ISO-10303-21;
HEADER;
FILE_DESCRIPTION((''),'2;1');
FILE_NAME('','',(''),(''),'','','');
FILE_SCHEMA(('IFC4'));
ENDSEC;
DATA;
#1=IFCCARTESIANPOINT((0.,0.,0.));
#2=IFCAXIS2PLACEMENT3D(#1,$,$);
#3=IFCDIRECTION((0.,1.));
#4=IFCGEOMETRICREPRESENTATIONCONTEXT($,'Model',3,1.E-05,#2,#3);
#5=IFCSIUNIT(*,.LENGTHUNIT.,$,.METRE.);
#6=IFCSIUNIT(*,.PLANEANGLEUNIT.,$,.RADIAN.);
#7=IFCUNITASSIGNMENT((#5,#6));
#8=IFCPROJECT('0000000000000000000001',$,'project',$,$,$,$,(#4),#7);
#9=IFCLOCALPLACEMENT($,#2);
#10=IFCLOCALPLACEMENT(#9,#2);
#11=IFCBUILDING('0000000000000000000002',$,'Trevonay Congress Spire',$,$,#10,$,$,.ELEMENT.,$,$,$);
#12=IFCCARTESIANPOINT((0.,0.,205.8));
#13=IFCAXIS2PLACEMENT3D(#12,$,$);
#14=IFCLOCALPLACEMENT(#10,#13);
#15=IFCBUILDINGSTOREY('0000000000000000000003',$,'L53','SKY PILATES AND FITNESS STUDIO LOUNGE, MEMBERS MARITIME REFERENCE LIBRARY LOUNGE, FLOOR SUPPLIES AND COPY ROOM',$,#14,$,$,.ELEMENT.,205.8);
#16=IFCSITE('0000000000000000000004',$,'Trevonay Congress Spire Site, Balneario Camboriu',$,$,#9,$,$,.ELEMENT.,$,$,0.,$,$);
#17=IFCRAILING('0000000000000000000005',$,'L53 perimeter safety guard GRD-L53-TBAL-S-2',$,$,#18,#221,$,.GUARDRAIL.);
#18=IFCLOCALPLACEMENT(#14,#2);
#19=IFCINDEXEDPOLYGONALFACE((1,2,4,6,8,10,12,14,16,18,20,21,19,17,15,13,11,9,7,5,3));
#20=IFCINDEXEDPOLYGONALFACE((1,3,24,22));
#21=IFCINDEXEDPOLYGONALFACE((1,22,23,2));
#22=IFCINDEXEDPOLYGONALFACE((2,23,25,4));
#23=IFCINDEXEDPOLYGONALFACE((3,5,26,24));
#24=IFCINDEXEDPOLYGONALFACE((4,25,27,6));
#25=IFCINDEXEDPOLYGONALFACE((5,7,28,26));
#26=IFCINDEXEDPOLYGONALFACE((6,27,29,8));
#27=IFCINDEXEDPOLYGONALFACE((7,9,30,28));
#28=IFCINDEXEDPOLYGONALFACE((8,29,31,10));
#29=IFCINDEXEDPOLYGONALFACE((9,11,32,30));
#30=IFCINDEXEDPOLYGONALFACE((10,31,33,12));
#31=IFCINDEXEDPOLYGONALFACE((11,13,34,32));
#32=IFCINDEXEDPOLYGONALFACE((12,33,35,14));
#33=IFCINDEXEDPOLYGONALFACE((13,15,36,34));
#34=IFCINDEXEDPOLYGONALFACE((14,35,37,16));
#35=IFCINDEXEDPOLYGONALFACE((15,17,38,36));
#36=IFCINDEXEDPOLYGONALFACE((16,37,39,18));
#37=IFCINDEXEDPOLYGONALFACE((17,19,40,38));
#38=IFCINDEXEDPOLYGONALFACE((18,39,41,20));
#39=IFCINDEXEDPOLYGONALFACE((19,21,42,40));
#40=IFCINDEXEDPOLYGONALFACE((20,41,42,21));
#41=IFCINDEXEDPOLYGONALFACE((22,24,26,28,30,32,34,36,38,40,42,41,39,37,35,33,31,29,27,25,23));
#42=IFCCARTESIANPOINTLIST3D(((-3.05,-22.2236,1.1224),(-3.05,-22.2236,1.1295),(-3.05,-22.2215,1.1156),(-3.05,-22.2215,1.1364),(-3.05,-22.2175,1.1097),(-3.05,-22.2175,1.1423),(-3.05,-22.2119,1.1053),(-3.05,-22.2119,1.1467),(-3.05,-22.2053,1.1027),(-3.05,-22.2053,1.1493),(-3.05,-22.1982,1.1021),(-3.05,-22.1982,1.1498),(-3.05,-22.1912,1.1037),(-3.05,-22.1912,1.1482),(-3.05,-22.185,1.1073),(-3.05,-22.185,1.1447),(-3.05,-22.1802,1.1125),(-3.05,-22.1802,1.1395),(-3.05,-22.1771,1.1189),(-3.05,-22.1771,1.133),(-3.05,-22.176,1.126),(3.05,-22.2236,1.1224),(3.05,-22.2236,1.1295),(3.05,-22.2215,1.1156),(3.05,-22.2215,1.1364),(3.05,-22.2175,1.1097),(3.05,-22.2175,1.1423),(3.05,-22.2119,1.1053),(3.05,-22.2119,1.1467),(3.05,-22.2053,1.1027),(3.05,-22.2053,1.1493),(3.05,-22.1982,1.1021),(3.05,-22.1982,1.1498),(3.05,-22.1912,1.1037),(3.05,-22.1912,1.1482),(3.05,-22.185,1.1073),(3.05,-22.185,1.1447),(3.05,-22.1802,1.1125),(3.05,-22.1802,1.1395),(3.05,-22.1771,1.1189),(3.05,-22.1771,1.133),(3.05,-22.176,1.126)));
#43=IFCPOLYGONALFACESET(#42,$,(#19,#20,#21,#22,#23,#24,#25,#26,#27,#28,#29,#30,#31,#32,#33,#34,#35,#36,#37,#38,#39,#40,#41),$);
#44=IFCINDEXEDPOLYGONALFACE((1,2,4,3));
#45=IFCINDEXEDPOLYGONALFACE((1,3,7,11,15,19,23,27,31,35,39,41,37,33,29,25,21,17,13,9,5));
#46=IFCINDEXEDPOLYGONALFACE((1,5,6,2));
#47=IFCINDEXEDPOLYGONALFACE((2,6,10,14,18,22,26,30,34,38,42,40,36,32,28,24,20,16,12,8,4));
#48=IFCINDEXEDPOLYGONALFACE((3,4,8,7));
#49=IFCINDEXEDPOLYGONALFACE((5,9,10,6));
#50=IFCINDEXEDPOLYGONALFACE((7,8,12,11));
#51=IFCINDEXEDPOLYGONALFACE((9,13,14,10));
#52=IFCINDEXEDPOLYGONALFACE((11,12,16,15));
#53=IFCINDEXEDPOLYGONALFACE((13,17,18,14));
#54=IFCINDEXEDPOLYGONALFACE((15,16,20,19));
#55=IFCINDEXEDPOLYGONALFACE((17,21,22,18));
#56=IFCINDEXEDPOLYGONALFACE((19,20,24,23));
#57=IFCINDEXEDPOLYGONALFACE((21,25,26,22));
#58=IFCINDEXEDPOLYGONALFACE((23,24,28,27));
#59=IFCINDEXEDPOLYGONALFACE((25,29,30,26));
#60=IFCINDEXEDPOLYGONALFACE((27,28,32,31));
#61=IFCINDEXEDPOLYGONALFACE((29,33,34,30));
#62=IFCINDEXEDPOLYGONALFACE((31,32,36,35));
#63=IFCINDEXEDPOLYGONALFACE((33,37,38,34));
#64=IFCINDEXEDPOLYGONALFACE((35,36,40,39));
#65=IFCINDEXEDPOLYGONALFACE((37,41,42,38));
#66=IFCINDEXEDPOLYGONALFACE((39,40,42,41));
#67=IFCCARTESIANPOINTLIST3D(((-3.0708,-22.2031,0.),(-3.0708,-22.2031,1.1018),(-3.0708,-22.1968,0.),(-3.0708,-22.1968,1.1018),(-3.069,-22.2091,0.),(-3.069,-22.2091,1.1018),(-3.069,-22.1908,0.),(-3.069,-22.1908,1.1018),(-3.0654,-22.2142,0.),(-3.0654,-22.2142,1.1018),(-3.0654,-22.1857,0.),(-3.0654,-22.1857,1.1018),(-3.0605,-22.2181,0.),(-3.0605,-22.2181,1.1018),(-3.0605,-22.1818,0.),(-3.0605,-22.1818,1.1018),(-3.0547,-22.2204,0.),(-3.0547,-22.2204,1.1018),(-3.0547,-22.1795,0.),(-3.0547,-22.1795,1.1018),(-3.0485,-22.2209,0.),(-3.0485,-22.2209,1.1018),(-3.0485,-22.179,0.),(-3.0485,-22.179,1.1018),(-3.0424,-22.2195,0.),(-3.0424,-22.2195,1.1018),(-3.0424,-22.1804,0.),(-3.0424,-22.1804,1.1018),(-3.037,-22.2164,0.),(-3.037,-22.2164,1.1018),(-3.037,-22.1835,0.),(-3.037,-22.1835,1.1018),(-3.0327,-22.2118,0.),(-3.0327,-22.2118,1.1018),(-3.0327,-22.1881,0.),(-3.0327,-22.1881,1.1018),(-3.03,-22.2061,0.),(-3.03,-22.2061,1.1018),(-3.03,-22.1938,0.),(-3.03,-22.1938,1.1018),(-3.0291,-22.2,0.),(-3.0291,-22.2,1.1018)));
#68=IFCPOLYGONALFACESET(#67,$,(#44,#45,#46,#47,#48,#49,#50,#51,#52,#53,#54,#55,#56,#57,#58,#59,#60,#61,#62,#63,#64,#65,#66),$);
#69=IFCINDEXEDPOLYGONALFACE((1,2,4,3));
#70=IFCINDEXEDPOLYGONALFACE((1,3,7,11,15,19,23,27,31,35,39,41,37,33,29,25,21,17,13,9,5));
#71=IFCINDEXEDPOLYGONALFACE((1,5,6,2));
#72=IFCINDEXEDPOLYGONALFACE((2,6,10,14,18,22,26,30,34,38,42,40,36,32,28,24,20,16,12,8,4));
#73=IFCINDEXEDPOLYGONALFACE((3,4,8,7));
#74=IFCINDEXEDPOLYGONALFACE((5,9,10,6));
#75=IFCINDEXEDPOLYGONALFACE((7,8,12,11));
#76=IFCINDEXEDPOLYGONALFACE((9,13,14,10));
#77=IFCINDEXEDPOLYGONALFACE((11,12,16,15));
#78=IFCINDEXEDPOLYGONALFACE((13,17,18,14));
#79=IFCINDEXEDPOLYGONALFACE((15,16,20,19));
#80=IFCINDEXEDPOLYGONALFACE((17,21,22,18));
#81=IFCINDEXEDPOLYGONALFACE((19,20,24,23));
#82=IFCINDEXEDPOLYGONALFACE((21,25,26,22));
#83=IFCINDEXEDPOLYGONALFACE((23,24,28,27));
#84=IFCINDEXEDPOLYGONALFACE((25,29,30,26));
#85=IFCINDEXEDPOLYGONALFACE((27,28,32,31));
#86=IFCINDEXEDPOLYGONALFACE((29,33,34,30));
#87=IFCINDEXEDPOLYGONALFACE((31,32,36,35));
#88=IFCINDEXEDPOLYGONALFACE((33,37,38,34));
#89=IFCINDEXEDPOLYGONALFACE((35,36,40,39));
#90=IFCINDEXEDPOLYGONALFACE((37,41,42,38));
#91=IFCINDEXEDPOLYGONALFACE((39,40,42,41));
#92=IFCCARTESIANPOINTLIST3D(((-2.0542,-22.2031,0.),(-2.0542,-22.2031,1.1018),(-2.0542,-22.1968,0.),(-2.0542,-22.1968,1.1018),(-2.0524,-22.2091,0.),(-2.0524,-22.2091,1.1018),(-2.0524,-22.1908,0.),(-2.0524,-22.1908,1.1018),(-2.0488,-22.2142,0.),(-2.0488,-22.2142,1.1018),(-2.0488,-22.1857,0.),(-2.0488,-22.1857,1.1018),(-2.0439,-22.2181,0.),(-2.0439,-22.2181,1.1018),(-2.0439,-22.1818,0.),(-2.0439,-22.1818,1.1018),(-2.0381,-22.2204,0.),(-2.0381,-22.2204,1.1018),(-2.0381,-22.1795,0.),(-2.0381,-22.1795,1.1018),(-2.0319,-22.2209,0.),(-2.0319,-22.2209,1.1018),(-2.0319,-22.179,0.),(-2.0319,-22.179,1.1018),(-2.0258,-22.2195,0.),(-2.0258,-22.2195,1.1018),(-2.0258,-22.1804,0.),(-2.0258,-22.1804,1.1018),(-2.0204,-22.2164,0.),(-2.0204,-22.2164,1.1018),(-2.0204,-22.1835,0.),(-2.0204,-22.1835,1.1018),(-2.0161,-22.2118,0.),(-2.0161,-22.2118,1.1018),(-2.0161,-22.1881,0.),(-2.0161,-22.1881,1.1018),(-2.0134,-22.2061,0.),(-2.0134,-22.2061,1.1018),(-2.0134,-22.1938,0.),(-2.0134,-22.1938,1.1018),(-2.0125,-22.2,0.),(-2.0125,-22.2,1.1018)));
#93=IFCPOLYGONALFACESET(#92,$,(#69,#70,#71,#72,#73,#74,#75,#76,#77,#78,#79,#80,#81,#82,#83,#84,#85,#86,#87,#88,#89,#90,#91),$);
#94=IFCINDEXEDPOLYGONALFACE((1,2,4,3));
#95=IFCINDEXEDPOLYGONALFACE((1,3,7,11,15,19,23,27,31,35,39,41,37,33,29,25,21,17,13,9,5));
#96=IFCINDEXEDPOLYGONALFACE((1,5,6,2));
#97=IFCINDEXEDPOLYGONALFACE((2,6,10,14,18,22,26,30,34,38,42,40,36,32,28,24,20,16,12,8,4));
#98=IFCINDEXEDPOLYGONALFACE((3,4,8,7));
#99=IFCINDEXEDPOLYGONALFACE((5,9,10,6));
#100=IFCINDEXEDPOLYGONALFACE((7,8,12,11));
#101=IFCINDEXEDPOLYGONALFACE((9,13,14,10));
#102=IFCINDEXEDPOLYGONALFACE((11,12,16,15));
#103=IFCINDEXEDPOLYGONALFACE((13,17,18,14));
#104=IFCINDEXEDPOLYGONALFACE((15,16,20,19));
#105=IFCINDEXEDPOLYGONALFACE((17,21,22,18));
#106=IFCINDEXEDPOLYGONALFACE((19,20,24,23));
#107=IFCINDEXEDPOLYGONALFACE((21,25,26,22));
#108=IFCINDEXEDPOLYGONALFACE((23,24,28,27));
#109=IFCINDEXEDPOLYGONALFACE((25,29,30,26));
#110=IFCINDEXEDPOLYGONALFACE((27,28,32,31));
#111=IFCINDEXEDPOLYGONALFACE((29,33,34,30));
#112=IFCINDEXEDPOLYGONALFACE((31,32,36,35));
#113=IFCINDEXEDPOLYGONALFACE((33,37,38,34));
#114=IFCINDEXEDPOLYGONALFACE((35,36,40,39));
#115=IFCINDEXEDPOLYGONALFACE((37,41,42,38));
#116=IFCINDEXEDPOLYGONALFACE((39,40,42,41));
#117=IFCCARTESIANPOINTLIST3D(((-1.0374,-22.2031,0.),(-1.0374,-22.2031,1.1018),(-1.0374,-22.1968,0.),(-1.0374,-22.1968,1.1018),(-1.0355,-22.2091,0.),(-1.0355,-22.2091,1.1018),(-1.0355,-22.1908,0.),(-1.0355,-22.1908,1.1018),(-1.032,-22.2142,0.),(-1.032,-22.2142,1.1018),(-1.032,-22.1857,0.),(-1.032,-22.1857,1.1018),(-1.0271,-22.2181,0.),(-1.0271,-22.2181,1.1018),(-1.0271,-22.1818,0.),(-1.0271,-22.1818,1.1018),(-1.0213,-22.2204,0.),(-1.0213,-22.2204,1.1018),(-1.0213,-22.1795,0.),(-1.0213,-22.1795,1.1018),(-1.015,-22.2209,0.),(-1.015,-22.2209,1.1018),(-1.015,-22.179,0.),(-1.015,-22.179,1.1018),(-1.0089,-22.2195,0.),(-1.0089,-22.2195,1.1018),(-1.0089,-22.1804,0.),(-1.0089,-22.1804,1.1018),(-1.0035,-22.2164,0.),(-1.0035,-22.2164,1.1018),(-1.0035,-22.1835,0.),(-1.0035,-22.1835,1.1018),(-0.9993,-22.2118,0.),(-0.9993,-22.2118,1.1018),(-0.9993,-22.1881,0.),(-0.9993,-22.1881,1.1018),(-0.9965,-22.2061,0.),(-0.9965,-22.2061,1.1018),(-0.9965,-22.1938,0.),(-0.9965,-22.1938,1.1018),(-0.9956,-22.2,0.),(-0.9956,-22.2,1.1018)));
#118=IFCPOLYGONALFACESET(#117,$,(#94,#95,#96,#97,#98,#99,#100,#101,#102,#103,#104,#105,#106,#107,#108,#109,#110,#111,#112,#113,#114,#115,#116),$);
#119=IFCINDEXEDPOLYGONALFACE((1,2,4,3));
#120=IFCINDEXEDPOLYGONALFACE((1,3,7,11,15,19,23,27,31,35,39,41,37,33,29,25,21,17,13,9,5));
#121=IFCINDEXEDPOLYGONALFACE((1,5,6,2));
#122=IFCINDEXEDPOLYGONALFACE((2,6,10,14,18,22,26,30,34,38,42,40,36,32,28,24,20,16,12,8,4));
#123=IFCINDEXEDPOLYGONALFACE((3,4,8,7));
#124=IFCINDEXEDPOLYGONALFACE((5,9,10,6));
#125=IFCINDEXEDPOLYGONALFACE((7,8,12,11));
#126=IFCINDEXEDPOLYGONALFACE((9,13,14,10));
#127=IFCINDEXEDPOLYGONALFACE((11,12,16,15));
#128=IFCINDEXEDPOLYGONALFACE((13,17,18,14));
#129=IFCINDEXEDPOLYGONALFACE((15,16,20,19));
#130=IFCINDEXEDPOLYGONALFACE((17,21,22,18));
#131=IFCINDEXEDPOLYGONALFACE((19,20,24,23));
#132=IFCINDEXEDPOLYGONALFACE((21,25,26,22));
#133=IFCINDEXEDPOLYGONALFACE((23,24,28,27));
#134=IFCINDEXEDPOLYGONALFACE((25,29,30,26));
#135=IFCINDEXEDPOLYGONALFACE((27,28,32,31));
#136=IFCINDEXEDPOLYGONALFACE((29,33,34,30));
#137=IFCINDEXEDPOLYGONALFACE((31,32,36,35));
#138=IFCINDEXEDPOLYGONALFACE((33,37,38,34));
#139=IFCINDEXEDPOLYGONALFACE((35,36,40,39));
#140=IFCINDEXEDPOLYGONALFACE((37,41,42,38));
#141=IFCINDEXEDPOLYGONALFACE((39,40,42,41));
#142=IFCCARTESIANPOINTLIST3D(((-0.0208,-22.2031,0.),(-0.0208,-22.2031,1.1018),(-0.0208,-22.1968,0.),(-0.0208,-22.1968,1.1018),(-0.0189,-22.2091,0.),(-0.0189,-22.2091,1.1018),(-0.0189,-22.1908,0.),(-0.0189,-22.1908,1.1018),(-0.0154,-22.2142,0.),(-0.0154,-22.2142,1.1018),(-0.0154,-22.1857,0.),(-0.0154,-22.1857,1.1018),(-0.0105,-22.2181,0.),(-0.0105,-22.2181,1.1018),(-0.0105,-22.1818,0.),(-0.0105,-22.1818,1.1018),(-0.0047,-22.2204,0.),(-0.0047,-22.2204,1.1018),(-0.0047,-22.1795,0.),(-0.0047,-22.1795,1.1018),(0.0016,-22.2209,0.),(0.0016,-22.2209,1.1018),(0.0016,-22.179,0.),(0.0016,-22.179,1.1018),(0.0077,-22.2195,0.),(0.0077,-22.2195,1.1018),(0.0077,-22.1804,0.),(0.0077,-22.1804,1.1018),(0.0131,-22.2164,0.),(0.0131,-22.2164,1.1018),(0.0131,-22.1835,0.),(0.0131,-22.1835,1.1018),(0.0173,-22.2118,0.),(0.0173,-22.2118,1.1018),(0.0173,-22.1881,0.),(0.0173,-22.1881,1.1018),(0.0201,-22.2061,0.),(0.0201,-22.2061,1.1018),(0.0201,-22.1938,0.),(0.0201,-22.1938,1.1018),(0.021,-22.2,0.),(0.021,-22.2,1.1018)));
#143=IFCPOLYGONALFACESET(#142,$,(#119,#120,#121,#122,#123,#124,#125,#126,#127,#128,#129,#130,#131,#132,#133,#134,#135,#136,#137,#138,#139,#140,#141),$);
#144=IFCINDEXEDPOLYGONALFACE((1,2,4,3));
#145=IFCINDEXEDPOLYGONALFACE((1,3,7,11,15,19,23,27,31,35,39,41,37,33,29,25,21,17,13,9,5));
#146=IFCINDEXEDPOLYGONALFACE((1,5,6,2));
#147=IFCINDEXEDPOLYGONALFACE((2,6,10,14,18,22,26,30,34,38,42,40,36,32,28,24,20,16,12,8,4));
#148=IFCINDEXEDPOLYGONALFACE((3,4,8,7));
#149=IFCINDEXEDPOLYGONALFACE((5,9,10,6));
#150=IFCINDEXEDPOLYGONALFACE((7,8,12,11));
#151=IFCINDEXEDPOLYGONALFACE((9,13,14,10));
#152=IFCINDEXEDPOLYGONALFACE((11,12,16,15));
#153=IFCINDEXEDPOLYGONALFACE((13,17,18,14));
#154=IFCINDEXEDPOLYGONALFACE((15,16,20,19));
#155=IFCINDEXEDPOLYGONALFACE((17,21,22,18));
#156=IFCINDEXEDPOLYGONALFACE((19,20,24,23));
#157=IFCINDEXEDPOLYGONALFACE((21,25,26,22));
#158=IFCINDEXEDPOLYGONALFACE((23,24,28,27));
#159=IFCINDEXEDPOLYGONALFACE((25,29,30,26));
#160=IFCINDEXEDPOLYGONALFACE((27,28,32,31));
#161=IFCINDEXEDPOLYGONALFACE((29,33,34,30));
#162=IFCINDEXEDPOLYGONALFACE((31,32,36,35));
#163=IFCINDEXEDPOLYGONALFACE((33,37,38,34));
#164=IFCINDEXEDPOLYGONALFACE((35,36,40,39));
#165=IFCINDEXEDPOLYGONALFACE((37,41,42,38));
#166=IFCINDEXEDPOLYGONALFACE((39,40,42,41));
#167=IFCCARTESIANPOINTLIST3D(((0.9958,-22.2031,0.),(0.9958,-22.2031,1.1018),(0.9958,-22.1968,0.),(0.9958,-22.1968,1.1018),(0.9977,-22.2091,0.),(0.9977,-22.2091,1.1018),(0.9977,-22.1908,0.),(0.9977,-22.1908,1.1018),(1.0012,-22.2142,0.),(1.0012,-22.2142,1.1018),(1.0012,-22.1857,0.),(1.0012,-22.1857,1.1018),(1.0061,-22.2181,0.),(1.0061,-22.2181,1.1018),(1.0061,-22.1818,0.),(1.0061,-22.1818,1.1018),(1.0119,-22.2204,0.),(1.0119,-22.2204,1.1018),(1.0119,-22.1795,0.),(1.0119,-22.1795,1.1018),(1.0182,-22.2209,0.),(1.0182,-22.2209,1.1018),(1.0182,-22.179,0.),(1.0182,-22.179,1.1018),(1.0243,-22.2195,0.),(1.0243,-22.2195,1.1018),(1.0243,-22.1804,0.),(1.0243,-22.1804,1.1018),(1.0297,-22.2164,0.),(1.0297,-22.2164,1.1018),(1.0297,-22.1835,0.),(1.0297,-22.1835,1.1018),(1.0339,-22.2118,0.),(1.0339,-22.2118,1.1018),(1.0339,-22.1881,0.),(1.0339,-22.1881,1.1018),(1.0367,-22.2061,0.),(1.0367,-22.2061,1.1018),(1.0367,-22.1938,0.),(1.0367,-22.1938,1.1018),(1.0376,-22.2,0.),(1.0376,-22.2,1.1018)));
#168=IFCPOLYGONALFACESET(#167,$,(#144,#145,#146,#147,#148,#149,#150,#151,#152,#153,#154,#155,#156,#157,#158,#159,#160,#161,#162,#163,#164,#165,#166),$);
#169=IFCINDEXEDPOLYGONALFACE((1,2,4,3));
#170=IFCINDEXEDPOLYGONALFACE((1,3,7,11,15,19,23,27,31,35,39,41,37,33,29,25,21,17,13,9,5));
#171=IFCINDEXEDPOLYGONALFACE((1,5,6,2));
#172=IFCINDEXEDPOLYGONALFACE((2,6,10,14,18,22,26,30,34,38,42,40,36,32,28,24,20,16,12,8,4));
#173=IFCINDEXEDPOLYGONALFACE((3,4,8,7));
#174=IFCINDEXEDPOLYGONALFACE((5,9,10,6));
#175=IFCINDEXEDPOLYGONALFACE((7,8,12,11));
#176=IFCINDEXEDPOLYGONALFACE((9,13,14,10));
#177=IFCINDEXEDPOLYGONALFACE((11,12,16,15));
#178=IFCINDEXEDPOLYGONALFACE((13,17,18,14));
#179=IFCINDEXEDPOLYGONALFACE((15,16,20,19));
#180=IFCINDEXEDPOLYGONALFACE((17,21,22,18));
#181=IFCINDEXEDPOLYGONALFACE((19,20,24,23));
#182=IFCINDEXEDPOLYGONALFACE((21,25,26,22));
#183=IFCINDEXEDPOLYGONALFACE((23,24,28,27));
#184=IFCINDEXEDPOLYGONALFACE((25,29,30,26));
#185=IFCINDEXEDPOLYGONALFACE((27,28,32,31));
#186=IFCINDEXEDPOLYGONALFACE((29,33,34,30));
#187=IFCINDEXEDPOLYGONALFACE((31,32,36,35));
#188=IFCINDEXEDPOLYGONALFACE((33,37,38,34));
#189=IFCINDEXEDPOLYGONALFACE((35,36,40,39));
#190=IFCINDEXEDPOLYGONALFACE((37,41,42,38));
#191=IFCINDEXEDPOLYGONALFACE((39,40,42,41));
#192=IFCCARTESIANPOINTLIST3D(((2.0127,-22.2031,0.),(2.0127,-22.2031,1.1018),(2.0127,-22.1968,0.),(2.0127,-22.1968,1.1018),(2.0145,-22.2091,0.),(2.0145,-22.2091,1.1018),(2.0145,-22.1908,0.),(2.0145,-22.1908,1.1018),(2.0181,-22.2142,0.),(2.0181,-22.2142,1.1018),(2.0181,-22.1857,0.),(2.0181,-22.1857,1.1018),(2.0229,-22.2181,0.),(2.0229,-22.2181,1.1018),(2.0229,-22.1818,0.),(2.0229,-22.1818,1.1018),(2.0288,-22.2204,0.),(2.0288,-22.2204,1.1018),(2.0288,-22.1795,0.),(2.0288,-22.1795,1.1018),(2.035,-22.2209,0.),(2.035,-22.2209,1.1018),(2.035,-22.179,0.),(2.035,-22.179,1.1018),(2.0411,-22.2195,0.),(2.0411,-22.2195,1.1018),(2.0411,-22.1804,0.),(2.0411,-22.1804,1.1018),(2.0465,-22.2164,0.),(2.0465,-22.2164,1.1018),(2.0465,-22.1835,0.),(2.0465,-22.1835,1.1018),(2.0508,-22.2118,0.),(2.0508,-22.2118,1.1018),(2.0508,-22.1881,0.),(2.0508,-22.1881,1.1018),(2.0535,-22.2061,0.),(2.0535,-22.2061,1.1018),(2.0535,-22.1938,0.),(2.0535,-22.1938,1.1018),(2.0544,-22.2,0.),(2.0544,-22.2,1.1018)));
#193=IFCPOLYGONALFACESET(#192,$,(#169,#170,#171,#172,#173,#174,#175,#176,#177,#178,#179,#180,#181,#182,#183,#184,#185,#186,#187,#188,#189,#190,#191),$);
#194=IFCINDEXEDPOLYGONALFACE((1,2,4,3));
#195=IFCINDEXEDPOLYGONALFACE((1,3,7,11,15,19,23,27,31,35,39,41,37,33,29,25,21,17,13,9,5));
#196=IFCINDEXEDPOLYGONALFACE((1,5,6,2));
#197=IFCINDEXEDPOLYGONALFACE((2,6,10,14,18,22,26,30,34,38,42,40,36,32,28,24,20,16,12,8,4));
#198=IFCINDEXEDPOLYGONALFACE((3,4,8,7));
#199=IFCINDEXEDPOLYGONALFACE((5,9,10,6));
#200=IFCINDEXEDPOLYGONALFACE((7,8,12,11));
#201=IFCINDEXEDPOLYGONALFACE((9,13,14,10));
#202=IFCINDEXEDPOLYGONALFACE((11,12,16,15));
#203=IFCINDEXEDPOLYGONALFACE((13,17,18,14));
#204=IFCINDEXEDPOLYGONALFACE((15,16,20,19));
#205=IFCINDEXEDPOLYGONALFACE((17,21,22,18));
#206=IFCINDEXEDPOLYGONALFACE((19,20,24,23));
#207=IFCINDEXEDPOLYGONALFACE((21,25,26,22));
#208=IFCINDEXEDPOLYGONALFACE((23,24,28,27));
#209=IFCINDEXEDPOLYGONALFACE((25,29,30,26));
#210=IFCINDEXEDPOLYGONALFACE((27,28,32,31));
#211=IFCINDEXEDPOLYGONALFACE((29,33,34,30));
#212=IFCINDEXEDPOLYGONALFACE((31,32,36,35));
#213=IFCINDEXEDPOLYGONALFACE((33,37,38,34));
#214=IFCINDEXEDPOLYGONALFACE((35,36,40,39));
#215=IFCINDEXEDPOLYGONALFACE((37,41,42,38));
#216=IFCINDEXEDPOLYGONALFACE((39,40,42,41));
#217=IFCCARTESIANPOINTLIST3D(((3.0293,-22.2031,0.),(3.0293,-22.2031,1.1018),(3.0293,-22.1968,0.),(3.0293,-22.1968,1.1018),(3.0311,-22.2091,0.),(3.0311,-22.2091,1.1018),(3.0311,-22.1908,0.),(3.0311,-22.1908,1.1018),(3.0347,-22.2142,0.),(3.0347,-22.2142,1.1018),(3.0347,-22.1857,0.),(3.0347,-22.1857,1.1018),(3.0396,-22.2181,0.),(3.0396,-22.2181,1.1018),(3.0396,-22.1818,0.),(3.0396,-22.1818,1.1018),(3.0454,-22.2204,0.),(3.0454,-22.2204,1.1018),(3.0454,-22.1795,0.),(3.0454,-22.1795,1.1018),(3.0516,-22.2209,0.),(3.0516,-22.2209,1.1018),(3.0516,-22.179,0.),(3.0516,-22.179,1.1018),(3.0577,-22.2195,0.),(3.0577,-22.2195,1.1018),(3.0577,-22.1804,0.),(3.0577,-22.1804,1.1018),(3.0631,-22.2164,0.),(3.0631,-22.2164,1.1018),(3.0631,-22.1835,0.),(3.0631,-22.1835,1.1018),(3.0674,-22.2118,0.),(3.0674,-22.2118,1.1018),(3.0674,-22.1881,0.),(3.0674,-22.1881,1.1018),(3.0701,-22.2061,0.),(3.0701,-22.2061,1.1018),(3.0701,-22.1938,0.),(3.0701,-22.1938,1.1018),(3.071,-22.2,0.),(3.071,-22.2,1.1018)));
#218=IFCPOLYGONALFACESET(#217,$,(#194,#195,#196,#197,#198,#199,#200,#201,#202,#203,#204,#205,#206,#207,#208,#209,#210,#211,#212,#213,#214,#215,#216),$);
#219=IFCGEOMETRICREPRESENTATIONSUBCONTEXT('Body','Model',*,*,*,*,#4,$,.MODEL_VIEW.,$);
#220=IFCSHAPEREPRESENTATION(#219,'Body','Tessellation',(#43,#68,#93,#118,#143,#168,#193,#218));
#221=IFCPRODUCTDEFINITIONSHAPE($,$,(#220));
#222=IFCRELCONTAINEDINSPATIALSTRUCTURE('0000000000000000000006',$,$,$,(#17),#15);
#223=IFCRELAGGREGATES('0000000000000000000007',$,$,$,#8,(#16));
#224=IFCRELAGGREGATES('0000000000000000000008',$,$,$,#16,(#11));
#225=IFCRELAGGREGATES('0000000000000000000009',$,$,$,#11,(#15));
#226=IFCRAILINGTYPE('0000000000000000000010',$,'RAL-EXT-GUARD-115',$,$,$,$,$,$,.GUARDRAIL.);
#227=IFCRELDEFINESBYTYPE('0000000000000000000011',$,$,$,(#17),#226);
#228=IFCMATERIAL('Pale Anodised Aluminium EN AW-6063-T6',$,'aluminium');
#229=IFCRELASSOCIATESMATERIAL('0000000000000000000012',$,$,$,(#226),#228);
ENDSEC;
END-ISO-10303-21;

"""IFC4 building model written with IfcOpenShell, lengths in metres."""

from ifc_helpers import new_model, si_unit, direction, frame, origin, origin_2d, place, context, subcontext, project, spatial, circle, extrude, material, type_object, element, save


model = new_model("IFC4")

# Units and contexts
model_context = context("Model", 3, precision=1e-05, world=origin(), true_north=direction((0.0, 1.0)))
body_context = subcontext(model_context, "Body", "Model", "MODEL_VIEW")
ifc_project = project(units=[si_unit("LENGTHUNIT", "METRE"), si_unit("PLANEANGLEUNIT", "RADIAN")], contexts=[model_context])

# Site, building, storey
site_placement = place(None, origin())
site = spatial("IfcSite", under=ifc_project, at=site_placement, Name="Trevonay Congress Spire Site, Balneario Camboriu", CompositionType="ELEMENT", RefElevation=0.0)
building_placement = place(site_placement, origin())
building = spatial("IfcBuilding", under=site, at=building_placement, Name="Trevonay Congress Spire", CompositionType="ELEMENT")
storey_placement = place(building_placement, frame((0.0, 0.0, 205.8)))
storey = spatial("IfcBuildingStorey", under=building, at=storey_placement, Name="L53", Description="SKY PILATES AND FITNESS STUDIO LOUNGE, MEMBERS MARITIME REFERENCE LIBRARY LOUNGE, FLOOR SUPPLIES AND COPY ROOM", CompositionType="ELEMENT", Elevation=205.8)

# Shared definitions
ifc_material_1 = material(Name="Pale Anodised Aluminium EN AW-6063-T6", Category="aluminium")

# Railing
railing_type = type_object("IfcRailingType", Name="RAL-EXT-GUARD-115", PredefinedType="GUARDRAIL", material=ifc_material_1)
railing_1_placement = place(storey_placement, frame((-3.05, -22.2, 0.0)))
element("IfcRailing", 1, at=railing_1_placement, inside=storey, type_object=railing_type, Name="L53 perimeter safety guard GRD-L53-TBAL-S-2", PredefinedType="GUARDRAIL", context=body_context, shape_type="SweptSolid", body=[
    extrude(circle(Radius=0.0239, at=origin_2d()), frame((0.0, 0.0, 1.126), z_axis=(1.0, 0.0, 0.0), x_axis=(0.0, 1.0, 0.0)), (0.0, 0.0, 1.0), 6.1001),
    extrude(circle(Radius=0.021, at=origin_2d()), origin(), (0.0, 0.0, 1.0), 1.1018),
    extrude(circle(Radius=0.021, at=origin_2d()), frame((1.0166, 0.0, 0.0)), (0.0, 0.0, 1.0), 1.1018),
    extrude(circle(Radius=0.021, at=origin_2d()), frame((2.0334, 0.0, 0.0)), (0.0, 0.0, 1.0), 1.1018),
    extrude(circle(Radius=0.021, at=origin_2d()), frame((3.05, 0.0, 0.0)), (0.0, 0.0, 1.0), 1.1018),
    extrude(circle(Radius=0.021, at=origin_2d()), frame((4.0667, 0.0, 0.0)), (0.0, 0.0, 1.0), 1.1018),
    extrude(circle(Radius=0.021, at=origin_2d()), frame((5.0835, 0.0, 0.0)), (0.0, 0.0, 1.0), 1.1018),
    extrude(circle(Radius=0.021, at=origin_2d()), frame((6.1001, 0.0, 0.0)), (0.0, 0.0, 1.0), 1.1018),
])

save(model, "model.ifc")
